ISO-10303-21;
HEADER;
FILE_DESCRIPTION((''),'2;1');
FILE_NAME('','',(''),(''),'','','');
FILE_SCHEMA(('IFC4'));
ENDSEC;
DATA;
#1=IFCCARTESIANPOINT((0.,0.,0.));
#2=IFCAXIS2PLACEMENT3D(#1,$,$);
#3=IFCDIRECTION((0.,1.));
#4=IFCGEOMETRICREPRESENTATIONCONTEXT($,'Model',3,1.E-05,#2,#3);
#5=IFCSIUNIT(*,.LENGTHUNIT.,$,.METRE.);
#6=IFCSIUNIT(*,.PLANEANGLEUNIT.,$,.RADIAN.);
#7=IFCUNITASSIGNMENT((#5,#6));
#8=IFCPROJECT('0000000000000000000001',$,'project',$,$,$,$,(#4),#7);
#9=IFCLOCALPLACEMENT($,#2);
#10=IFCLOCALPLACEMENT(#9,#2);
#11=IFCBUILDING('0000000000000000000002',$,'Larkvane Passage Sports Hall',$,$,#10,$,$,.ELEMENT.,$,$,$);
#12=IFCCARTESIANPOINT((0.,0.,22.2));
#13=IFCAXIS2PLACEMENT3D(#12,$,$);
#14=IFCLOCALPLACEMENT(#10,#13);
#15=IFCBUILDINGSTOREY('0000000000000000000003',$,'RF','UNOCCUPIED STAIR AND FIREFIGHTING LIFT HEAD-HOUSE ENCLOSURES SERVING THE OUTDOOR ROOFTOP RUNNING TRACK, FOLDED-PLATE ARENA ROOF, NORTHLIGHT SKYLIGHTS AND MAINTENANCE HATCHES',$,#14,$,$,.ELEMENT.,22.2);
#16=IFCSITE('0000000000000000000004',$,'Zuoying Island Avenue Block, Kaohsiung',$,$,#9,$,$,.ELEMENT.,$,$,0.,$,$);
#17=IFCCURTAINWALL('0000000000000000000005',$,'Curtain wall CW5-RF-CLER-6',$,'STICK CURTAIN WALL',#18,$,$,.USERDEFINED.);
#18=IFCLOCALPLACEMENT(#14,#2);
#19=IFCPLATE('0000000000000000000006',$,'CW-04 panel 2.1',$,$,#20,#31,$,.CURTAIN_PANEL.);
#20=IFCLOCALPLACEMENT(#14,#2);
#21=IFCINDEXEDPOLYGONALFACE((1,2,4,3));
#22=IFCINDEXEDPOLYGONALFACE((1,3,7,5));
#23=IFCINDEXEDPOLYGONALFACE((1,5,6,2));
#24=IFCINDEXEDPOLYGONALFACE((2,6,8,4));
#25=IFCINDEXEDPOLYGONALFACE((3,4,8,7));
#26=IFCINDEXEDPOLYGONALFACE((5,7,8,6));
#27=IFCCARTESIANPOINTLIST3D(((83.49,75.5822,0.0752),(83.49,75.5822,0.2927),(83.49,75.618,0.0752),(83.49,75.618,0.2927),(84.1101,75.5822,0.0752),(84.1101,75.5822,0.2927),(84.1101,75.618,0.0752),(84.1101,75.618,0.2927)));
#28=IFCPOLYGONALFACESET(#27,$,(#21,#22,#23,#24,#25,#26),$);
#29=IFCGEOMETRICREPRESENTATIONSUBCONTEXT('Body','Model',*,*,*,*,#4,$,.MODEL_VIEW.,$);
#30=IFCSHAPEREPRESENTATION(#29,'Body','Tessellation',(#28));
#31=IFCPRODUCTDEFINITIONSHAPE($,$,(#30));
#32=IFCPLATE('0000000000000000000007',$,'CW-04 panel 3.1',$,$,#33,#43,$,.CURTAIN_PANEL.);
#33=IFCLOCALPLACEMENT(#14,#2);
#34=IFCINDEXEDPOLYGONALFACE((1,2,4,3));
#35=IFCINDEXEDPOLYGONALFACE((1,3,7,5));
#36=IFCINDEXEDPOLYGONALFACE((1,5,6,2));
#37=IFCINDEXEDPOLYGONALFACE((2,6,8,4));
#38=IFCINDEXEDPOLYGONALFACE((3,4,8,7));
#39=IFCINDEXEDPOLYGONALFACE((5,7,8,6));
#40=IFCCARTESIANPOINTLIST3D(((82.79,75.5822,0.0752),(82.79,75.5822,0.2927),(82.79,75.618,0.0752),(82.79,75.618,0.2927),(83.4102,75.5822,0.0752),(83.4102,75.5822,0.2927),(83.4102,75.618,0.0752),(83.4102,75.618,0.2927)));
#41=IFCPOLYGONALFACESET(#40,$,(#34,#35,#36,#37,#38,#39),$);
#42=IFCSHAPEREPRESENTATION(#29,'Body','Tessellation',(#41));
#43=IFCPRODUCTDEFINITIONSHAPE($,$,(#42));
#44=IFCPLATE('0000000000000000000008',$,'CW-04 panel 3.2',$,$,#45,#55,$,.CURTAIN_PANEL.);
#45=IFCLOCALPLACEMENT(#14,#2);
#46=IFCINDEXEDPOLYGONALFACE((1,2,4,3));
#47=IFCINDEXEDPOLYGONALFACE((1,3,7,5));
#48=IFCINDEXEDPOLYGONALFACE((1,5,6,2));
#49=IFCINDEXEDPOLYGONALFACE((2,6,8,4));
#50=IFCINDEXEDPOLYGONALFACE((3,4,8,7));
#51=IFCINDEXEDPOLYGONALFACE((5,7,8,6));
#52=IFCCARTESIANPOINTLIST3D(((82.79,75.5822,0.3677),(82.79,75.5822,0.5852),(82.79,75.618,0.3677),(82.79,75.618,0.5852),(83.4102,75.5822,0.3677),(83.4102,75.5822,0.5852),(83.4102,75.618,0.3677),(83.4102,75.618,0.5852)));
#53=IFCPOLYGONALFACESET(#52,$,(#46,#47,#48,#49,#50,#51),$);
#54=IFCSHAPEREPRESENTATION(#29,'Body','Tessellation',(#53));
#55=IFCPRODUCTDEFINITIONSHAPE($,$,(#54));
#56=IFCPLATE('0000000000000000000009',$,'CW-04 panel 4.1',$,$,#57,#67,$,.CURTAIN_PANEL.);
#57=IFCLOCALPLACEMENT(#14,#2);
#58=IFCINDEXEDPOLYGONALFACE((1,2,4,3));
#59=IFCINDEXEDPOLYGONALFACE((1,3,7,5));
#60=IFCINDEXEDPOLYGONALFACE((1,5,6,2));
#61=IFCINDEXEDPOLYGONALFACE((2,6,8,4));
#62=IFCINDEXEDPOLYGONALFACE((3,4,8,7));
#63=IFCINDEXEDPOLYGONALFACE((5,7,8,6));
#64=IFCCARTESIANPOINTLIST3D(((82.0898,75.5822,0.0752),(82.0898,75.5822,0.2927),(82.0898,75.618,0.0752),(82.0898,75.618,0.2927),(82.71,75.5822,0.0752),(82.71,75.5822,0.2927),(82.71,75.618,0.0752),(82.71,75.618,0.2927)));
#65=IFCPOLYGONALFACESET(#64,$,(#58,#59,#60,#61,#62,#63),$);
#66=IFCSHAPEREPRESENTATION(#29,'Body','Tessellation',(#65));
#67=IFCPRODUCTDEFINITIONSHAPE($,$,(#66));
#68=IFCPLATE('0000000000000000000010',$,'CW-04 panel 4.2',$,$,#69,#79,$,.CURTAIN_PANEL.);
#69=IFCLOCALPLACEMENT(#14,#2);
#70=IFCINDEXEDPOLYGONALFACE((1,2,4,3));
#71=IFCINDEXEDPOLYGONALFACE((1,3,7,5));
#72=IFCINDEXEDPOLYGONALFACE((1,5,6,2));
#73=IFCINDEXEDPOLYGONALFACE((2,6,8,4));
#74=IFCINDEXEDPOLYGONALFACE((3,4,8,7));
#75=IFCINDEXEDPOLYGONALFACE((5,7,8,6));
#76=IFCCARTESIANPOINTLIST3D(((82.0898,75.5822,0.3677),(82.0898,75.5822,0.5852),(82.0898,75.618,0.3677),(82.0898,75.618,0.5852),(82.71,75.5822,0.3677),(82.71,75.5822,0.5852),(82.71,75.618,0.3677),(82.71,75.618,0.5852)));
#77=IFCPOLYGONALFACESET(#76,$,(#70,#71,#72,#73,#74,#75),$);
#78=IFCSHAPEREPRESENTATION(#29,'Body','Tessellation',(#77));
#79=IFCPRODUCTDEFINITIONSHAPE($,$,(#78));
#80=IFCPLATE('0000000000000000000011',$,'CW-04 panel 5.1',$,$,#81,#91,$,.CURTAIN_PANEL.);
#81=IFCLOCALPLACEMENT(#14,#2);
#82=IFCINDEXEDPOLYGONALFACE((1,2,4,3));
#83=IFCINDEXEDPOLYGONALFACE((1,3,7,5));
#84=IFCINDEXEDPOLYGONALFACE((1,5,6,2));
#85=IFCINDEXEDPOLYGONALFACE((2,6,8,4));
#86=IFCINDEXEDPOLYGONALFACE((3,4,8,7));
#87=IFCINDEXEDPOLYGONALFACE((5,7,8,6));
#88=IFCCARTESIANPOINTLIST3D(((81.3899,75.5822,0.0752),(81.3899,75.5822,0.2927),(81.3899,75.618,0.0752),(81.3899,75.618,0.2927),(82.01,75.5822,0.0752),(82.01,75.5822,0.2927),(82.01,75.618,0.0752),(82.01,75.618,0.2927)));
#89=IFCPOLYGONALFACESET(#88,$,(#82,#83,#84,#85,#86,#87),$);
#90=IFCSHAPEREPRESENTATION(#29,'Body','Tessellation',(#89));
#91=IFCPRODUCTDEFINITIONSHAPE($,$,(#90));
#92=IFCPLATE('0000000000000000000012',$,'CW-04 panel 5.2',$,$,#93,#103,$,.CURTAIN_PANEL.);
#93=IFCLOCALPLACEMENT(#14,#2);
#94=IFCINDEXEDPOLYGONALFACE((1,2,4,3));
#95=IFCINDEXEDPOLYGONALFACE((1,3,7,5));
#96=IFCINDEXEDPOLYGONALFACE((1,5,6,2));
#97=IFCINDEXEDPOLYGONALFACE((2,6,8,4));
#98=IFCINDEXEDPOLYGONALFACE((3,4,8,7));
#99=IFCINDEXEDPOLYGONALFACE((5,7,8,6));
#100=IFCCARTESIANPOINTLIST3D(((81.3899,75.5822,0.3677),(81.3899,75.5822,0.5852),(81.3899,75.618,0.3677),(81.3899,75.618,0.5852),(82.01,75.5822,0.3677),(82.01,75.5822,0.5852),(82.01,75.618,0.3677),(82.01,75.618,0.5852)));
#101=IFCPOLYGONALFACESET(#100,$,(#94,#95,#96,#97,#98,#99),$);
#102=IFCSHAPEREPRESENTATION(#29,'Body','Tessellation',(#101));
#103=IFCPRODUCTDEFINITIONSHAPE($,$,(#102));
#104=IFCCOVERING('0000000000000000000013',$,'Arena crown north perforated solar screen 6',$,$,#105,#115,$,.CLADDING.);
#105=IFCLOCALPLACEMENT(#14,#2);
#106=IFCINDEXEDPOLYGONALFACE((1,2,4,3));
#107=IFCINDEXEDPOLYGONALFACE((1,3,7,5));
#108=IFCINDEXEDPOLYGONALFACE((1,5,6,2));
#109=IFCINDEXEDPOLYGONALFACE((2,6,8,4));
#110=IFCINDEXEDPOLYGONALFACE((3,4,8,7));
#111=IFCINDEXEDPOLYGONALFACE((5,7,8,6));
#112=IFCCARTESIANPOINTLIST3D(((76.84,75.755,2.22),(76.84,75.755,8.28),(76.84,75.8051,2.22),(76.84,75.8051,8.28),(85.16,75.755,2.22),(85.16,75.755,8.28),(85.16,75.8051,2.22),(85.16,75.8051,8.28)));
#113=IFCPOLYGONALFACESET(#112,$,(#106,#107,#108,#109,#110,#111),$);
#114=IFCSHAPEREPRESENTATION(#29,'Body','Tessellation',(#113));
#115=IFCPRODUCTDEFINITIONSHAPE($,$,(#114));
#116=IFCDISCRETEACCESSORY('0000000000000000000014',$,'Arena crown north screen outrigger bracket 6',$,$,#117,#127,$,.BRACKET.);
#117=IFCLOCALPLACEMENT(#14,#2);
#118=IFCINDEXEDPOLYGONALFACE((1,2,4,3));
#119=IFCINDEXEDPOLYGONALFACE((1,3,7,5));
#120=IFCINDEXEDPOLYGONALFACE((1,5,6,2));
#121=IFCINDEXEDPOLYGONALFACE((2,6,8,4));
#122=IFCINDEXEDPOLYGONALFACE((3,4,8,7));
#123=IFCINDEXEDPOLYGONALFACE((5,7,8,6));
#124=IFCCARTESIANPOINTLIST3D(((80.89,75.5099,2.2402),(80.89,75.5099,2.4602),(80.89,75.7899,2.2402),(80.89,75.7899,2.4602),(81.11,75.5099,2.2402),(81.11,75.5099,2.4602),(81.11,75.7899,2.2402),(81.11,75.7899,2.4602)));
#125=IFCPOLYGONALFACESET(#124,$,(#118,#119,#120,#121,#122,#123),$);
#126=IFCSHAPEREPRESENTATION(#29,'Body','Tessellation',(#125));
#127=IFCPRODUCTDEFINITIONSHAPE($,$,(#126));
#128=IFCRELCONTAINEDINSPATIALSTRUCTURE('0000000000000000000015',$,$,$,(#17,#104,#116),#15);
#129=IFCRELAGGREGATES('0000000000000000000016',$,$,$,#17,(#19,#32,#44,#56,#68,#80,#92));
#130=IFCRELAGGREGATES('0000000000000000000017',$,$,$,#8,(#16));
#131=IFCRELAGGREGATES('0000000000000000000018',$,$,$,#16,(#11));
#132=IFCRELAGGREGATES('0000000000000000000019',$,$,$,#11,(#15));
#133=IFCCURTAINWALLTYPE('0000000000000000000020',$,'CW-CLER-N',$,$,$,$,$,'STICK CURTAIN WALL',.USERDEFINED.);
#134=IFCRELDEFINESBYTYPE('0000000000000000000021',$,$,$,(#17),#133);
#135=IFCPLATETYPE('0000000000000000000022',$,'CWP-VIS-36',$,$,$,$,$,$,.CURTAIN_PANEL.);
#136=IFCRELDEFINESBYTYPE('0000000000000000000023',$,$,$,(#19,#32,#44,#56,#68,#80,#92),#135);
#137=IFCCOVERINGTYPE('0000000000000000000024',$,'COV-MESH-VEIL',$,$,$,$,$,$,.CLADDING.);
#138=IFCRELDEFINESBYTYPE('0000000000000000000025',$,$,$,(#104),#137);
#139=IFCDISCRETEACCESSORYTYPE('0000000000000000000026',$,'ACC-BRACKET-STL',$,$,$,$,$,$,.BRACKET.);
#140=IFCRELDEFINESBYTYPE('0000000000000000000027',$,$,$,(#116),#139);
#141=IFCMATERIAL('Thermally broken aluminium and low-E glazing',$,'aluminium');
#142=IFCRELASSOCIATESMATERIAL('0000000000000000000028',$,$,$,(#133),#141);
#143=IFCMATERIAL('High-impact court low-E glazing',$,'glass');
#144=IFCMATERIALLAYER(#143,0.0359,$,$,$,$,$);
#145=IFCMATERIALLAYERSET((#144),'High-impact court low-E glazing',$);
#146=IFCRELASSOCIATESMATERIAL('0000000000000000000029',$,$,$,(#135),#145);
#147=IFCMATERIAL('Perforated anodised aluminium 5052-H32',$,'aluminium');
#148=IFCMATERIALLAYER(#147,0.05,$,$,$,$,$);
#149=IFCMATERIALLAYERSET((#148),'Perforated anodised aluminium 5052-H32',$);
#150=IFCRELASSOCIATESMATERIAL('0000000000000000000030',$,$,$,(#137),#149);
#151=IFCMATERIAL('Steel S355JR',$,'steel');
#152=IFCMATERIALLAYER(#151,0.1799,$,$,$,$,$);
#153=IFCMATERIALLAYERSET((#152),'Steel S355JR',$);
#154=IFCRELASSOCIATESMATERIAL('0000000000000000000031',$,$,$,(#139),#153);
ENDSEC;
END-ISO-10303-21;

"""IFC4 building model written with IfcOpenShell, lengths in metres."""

from ifc_helpers import new_model, si_unit, direction, frame, origin, origin_2d, place, context, subcontext, project, spatial, rectangle, extrude, material, layer, layer_set, type_object, element, aggregate, save


model = new_model("IFC4")

# Units and contexts
model_context = context("Model", 3, precision=1e-05, world=origin(), true_north=direction((0.0, 1.0)))
body_context = subcontext(model_context, "Body", "Model", "MODEL_VIEW")
ifc_project = project(units=[si_unit("LENGTHUNIT", "METRE"), si_unit("PLANEANGLEUNIT", "RADIAN")], contexts=[model_context])

# Site, building, storey
site_placement = place(None, origin())
site = spatial("IfcSite", under=ifc_project, at=site_placement, Name="Zuoying Island Avenue Block, Kaohsiung", CompositionType="ELEMENT", RefElevation=0.0)
building_placement = place(site_placement, origin())
building = spatial("IfcBuilding", under=site, at=building_placement, Name="Larkvane Passage Sports Hall", CompositionType="ELEMENT")
storey_placement = place(building_placement, frame((0.0, 0.0, 22.2)))
storey = spatial("IfcBuildingStorey", under=building, at=storey_placement, Name="RF", Description="UNOCCUPIED STAIR AND FIREFIGHTING LIFT HEAD-HOUSE ENCLOSURES SERVING THE OUTDOOR ROOFTOP RUNNING TRACK, FOLDED-PLATE ARENA ROOF, NORTHLIGHT SKYLIGHTS AND MAINTENANCE HATCHES", CompositionType="ELEMENT", Elevation=22.2)

# Curtain wall, plates
ifc_material_1 = material(Name="Thermally broken aluminium and low-E glazing", Category="aluminium")
curtain_wall_type = type_object("IfcCurtainWallType", Name="CW-CLER-N", ElementType="STICK CURTAIN WALL", PredefinedType="USERDEFINED", material=ifc_material_1)
curtain_wall_placement = place(storey_placement, origin())
curtain_wall = element("IfcCurtainWall", 1, at=curtain_wall_placement, inside=storey, type_object=curtain_wall_type, Name="Curtain wall CW5-RF-CLER-6", ObjectType="STICK CURTAIN WALL", PredefinedType="USERDEFINED")
ifc_material_2 = material(Name="High-impact court low-E glazing", Category="glass")
ifc_layer_1 = layer(ifc_material_2, 0.0359)
ifc_layer_set_1 = layer_set([ifc_layer_1], Name="High-impact court low-E glazing")
plate_type = type_object("IfcPlateType", Name="CWP-VIS-36", PredefinedType="CURTAIN_PANEL", material=ifc_layer_set_1)
plate_1_placement = place(storey_placement, frame((83.8, 75.6001, 0.0752), z_axis=(0.0, 0.0, 1.0), x_axis=(-1.0, 0.0, 0.0)))
plate_1 = element("IfcPlate", 2, at=plate_1_placement, type_object=plate_type, Name="CW-04 panel 2.1", PredefinedType="CURTAIN_PANEL", context=body_context, shape_type="SweptSolid", body=[
    extrude(rectangle(XDim=0.6201, YDim=0.0359, at=origin_2d()), origin(), (0.0, 0.0, 1.0), 0.2175),
])
plate_2_placement = place(storey_placement, frame((83.1001, 75.6001, 0.0752), z_axis=(0.0, 0.0, 1.0), x_axis=(-1.0, 0.0, 0.0)))
plate_2 = element("IfcPlate", 3, at=plate_2_placement, type_object=plate_type, Name="CW-04 panel 3.1", PredefinedType="CURTAIN_PANEL", context=body_context, shape_type="SweptSolid", body=[
    extrude(rectangle(XDim=0.6201, YDim=0.0359, at=origin_2d()), origin(), (0.0, 0.0, 1.0), 0.2175),
])
plate_3_placement = place(storey_placement, frame((83.1001, 75.6001, 0.3677), z_axis=(0.0, 0.0, 1.0), x_axis=(-1.0, 0.0, 0.0)))
plate_3 = element("IfcPlate", 4, at=plate_3_placement, type_object=plate_type, Name="CW-04 panel 3.2", PredefinedType="CURTAIN_PANEL", context=body_context, shape_type="SweptSolid", body=[
    extrude(rectangle(XDim=0.6201, YDim=0.0359, at=origin_2d()), origin(), (0.0, 0.0, 1.0), 0.2175),
])
plate_4_placement = place(storey_placement, frame((82.3999, 75.6001, 0.0752), z_axis=(0.0, 0.0, 1.0), x_axis=(-1.0, 0.0, 0.0)))
plate_4 = element("IfcPlate", 5, at=plate_4_placement, type_object=plate_type, Name="CW-04 panel 4.1", PredefinedType="CURTAIN_PANEL", context=body_context, shape_type="SweptSolid", body=[
    extrude(rectangle(XDim=0.6201, YDim=0.0359, at=origin_2d()), origin(), (0.0, 0.0, 1.0), 0.2175),
])
plate_5_placement = place(storey_placement, frame((82.3999, 75.6001, 0.3677), z_axis=(0.0, 0.0, 1.0), x_axis=(-1.0, 0.0, 0.0)))
plate_5 = element("IfcPlate", 6, at=plate_5_placement, type_object=plate_type, Name="CW-04 panel 4.2", PredefinedType="CURTAIN_PANEL", context=body_context, shape_type="SweptSolid", body=[
    extrude(rectangle(XDim=0.6201, YDim=0.0359, at=origin_2d()), origin(), (0.0, 0.0, 1.0), 0.2175),
])
plate_6_placement = place(storey_placement, frame((81.7, 75.6001, 0.0752), z_axis=(0.0, 0.0, 1.0), x_axis=(-1.0, 0.0, 0.0)))
plate_6 = element("IfcPlate", 7, at=plate_6_placement, type_object=plate_type, Name="CW-04 panel 5.1", PredefinedType="CURTAIN_PANEL", context=body_context, shape_type="SweptSolid", body=[
    extrude(rectangle(XDim=0.6201, YDim=0.0359, at=origin_2d()), origin(), (0.0, 0.0, 1.0), 0.2175),
])
plate_7_placement = place(storey_placement, frame((81.7, 75.6001, 0.3677), z_axis=(0.0, 0.0, 1.0), x_axis=(-1.0, 0.0, 0.0)))
plate_7 = element("IfcPlate", 8, at=plate_7_placement, type_object=plate_type, Name="CW-04 panel 5.2", PredefinedType="CURTAIN_PANEL", context=body_context, shape_type="SweptSolid", body=[
    extrude(rectangle(XDim=0.6201, YDim=0.0359, at=origin_2d()), origin(), (0.0, 0.0, 1.0), 0.2175),
])
aggregate(curtain_wall, [plate_1, plate_2, plate_3, plate_4, plate_5, plate_6, plate_7])

# Covering
ifc_material_3 = material(Name="Perforated anodised aluminium 5052-H32", Category="aluminium")
ifc_layer_2 = layer(ifc_material_3, 0.05)
ifc_layer_set_2 = layer_set([ifc_layer_2], Name="Perforated anodised aluminium 5052-H32")
covering_type = type_object("IfcCoveringType", Name="COV-MESH-VEIL", PredefinedType="CLADDING", material=ifc_layer_set_2)
covering_placement = place(storey_placement, frame((81.0, 75.78, 2.22), z_axis=(0.0, 0.0, 1.0), x_axis=(1.0, 0.0, 0.0)))
element("IfcCovering", 9, at=covering_placement, inside=storey, type_object=covering_type, Name="Arena crown north perforated solar screen 6", PredefinedType="CLADDING", context=body_context, shape_type="SweptSolid", body=[
    extrude(rectangle(XDim=8.3201, YDim=0.05, at=origin_2d()), origin(), (0.0, 0.0, 1.0), 6.0601),
])

# Discrete accessory
ifc_material_4 = material(Name="Steel S355JR", Category="steel")
ifc_layer_3 = layer(ifc_material_4, 0.1799)
ifc_layer_set_3 = layer_set([ifc_layer_3], Name="Steel S355JR")
discrete_accessory_type = type_object("IfcDiscreteAccessoryType", Name="ACC-BRACKET-STL", PredefinedType="BRACKET", material=ifc_layer_set_3)
discrete_accessory_placement = place(storey_placement, frame((81.0, 75.6499, 2.2402), z_axis=(0.0, 0.0, 1.0), x_axis=(1.0, 0.0, 0.0)))
element("IfcDiscreteAccessory", 10, at=discrete_accessory_placement, inside=storey, type_object=discrete_accessory_type, Name="Arena crown north screen outrigger bracket 6", PredefinedType="BRACKET", context=body_context, shape_type="SweptSolid", body=[
    extrude(rectangle(XDim=0.22, YDim=0.28, at=origin_2d()), origin(), (0.0, 0.0, 1.0), 0.22),
])

save(model, "model.ifc")
